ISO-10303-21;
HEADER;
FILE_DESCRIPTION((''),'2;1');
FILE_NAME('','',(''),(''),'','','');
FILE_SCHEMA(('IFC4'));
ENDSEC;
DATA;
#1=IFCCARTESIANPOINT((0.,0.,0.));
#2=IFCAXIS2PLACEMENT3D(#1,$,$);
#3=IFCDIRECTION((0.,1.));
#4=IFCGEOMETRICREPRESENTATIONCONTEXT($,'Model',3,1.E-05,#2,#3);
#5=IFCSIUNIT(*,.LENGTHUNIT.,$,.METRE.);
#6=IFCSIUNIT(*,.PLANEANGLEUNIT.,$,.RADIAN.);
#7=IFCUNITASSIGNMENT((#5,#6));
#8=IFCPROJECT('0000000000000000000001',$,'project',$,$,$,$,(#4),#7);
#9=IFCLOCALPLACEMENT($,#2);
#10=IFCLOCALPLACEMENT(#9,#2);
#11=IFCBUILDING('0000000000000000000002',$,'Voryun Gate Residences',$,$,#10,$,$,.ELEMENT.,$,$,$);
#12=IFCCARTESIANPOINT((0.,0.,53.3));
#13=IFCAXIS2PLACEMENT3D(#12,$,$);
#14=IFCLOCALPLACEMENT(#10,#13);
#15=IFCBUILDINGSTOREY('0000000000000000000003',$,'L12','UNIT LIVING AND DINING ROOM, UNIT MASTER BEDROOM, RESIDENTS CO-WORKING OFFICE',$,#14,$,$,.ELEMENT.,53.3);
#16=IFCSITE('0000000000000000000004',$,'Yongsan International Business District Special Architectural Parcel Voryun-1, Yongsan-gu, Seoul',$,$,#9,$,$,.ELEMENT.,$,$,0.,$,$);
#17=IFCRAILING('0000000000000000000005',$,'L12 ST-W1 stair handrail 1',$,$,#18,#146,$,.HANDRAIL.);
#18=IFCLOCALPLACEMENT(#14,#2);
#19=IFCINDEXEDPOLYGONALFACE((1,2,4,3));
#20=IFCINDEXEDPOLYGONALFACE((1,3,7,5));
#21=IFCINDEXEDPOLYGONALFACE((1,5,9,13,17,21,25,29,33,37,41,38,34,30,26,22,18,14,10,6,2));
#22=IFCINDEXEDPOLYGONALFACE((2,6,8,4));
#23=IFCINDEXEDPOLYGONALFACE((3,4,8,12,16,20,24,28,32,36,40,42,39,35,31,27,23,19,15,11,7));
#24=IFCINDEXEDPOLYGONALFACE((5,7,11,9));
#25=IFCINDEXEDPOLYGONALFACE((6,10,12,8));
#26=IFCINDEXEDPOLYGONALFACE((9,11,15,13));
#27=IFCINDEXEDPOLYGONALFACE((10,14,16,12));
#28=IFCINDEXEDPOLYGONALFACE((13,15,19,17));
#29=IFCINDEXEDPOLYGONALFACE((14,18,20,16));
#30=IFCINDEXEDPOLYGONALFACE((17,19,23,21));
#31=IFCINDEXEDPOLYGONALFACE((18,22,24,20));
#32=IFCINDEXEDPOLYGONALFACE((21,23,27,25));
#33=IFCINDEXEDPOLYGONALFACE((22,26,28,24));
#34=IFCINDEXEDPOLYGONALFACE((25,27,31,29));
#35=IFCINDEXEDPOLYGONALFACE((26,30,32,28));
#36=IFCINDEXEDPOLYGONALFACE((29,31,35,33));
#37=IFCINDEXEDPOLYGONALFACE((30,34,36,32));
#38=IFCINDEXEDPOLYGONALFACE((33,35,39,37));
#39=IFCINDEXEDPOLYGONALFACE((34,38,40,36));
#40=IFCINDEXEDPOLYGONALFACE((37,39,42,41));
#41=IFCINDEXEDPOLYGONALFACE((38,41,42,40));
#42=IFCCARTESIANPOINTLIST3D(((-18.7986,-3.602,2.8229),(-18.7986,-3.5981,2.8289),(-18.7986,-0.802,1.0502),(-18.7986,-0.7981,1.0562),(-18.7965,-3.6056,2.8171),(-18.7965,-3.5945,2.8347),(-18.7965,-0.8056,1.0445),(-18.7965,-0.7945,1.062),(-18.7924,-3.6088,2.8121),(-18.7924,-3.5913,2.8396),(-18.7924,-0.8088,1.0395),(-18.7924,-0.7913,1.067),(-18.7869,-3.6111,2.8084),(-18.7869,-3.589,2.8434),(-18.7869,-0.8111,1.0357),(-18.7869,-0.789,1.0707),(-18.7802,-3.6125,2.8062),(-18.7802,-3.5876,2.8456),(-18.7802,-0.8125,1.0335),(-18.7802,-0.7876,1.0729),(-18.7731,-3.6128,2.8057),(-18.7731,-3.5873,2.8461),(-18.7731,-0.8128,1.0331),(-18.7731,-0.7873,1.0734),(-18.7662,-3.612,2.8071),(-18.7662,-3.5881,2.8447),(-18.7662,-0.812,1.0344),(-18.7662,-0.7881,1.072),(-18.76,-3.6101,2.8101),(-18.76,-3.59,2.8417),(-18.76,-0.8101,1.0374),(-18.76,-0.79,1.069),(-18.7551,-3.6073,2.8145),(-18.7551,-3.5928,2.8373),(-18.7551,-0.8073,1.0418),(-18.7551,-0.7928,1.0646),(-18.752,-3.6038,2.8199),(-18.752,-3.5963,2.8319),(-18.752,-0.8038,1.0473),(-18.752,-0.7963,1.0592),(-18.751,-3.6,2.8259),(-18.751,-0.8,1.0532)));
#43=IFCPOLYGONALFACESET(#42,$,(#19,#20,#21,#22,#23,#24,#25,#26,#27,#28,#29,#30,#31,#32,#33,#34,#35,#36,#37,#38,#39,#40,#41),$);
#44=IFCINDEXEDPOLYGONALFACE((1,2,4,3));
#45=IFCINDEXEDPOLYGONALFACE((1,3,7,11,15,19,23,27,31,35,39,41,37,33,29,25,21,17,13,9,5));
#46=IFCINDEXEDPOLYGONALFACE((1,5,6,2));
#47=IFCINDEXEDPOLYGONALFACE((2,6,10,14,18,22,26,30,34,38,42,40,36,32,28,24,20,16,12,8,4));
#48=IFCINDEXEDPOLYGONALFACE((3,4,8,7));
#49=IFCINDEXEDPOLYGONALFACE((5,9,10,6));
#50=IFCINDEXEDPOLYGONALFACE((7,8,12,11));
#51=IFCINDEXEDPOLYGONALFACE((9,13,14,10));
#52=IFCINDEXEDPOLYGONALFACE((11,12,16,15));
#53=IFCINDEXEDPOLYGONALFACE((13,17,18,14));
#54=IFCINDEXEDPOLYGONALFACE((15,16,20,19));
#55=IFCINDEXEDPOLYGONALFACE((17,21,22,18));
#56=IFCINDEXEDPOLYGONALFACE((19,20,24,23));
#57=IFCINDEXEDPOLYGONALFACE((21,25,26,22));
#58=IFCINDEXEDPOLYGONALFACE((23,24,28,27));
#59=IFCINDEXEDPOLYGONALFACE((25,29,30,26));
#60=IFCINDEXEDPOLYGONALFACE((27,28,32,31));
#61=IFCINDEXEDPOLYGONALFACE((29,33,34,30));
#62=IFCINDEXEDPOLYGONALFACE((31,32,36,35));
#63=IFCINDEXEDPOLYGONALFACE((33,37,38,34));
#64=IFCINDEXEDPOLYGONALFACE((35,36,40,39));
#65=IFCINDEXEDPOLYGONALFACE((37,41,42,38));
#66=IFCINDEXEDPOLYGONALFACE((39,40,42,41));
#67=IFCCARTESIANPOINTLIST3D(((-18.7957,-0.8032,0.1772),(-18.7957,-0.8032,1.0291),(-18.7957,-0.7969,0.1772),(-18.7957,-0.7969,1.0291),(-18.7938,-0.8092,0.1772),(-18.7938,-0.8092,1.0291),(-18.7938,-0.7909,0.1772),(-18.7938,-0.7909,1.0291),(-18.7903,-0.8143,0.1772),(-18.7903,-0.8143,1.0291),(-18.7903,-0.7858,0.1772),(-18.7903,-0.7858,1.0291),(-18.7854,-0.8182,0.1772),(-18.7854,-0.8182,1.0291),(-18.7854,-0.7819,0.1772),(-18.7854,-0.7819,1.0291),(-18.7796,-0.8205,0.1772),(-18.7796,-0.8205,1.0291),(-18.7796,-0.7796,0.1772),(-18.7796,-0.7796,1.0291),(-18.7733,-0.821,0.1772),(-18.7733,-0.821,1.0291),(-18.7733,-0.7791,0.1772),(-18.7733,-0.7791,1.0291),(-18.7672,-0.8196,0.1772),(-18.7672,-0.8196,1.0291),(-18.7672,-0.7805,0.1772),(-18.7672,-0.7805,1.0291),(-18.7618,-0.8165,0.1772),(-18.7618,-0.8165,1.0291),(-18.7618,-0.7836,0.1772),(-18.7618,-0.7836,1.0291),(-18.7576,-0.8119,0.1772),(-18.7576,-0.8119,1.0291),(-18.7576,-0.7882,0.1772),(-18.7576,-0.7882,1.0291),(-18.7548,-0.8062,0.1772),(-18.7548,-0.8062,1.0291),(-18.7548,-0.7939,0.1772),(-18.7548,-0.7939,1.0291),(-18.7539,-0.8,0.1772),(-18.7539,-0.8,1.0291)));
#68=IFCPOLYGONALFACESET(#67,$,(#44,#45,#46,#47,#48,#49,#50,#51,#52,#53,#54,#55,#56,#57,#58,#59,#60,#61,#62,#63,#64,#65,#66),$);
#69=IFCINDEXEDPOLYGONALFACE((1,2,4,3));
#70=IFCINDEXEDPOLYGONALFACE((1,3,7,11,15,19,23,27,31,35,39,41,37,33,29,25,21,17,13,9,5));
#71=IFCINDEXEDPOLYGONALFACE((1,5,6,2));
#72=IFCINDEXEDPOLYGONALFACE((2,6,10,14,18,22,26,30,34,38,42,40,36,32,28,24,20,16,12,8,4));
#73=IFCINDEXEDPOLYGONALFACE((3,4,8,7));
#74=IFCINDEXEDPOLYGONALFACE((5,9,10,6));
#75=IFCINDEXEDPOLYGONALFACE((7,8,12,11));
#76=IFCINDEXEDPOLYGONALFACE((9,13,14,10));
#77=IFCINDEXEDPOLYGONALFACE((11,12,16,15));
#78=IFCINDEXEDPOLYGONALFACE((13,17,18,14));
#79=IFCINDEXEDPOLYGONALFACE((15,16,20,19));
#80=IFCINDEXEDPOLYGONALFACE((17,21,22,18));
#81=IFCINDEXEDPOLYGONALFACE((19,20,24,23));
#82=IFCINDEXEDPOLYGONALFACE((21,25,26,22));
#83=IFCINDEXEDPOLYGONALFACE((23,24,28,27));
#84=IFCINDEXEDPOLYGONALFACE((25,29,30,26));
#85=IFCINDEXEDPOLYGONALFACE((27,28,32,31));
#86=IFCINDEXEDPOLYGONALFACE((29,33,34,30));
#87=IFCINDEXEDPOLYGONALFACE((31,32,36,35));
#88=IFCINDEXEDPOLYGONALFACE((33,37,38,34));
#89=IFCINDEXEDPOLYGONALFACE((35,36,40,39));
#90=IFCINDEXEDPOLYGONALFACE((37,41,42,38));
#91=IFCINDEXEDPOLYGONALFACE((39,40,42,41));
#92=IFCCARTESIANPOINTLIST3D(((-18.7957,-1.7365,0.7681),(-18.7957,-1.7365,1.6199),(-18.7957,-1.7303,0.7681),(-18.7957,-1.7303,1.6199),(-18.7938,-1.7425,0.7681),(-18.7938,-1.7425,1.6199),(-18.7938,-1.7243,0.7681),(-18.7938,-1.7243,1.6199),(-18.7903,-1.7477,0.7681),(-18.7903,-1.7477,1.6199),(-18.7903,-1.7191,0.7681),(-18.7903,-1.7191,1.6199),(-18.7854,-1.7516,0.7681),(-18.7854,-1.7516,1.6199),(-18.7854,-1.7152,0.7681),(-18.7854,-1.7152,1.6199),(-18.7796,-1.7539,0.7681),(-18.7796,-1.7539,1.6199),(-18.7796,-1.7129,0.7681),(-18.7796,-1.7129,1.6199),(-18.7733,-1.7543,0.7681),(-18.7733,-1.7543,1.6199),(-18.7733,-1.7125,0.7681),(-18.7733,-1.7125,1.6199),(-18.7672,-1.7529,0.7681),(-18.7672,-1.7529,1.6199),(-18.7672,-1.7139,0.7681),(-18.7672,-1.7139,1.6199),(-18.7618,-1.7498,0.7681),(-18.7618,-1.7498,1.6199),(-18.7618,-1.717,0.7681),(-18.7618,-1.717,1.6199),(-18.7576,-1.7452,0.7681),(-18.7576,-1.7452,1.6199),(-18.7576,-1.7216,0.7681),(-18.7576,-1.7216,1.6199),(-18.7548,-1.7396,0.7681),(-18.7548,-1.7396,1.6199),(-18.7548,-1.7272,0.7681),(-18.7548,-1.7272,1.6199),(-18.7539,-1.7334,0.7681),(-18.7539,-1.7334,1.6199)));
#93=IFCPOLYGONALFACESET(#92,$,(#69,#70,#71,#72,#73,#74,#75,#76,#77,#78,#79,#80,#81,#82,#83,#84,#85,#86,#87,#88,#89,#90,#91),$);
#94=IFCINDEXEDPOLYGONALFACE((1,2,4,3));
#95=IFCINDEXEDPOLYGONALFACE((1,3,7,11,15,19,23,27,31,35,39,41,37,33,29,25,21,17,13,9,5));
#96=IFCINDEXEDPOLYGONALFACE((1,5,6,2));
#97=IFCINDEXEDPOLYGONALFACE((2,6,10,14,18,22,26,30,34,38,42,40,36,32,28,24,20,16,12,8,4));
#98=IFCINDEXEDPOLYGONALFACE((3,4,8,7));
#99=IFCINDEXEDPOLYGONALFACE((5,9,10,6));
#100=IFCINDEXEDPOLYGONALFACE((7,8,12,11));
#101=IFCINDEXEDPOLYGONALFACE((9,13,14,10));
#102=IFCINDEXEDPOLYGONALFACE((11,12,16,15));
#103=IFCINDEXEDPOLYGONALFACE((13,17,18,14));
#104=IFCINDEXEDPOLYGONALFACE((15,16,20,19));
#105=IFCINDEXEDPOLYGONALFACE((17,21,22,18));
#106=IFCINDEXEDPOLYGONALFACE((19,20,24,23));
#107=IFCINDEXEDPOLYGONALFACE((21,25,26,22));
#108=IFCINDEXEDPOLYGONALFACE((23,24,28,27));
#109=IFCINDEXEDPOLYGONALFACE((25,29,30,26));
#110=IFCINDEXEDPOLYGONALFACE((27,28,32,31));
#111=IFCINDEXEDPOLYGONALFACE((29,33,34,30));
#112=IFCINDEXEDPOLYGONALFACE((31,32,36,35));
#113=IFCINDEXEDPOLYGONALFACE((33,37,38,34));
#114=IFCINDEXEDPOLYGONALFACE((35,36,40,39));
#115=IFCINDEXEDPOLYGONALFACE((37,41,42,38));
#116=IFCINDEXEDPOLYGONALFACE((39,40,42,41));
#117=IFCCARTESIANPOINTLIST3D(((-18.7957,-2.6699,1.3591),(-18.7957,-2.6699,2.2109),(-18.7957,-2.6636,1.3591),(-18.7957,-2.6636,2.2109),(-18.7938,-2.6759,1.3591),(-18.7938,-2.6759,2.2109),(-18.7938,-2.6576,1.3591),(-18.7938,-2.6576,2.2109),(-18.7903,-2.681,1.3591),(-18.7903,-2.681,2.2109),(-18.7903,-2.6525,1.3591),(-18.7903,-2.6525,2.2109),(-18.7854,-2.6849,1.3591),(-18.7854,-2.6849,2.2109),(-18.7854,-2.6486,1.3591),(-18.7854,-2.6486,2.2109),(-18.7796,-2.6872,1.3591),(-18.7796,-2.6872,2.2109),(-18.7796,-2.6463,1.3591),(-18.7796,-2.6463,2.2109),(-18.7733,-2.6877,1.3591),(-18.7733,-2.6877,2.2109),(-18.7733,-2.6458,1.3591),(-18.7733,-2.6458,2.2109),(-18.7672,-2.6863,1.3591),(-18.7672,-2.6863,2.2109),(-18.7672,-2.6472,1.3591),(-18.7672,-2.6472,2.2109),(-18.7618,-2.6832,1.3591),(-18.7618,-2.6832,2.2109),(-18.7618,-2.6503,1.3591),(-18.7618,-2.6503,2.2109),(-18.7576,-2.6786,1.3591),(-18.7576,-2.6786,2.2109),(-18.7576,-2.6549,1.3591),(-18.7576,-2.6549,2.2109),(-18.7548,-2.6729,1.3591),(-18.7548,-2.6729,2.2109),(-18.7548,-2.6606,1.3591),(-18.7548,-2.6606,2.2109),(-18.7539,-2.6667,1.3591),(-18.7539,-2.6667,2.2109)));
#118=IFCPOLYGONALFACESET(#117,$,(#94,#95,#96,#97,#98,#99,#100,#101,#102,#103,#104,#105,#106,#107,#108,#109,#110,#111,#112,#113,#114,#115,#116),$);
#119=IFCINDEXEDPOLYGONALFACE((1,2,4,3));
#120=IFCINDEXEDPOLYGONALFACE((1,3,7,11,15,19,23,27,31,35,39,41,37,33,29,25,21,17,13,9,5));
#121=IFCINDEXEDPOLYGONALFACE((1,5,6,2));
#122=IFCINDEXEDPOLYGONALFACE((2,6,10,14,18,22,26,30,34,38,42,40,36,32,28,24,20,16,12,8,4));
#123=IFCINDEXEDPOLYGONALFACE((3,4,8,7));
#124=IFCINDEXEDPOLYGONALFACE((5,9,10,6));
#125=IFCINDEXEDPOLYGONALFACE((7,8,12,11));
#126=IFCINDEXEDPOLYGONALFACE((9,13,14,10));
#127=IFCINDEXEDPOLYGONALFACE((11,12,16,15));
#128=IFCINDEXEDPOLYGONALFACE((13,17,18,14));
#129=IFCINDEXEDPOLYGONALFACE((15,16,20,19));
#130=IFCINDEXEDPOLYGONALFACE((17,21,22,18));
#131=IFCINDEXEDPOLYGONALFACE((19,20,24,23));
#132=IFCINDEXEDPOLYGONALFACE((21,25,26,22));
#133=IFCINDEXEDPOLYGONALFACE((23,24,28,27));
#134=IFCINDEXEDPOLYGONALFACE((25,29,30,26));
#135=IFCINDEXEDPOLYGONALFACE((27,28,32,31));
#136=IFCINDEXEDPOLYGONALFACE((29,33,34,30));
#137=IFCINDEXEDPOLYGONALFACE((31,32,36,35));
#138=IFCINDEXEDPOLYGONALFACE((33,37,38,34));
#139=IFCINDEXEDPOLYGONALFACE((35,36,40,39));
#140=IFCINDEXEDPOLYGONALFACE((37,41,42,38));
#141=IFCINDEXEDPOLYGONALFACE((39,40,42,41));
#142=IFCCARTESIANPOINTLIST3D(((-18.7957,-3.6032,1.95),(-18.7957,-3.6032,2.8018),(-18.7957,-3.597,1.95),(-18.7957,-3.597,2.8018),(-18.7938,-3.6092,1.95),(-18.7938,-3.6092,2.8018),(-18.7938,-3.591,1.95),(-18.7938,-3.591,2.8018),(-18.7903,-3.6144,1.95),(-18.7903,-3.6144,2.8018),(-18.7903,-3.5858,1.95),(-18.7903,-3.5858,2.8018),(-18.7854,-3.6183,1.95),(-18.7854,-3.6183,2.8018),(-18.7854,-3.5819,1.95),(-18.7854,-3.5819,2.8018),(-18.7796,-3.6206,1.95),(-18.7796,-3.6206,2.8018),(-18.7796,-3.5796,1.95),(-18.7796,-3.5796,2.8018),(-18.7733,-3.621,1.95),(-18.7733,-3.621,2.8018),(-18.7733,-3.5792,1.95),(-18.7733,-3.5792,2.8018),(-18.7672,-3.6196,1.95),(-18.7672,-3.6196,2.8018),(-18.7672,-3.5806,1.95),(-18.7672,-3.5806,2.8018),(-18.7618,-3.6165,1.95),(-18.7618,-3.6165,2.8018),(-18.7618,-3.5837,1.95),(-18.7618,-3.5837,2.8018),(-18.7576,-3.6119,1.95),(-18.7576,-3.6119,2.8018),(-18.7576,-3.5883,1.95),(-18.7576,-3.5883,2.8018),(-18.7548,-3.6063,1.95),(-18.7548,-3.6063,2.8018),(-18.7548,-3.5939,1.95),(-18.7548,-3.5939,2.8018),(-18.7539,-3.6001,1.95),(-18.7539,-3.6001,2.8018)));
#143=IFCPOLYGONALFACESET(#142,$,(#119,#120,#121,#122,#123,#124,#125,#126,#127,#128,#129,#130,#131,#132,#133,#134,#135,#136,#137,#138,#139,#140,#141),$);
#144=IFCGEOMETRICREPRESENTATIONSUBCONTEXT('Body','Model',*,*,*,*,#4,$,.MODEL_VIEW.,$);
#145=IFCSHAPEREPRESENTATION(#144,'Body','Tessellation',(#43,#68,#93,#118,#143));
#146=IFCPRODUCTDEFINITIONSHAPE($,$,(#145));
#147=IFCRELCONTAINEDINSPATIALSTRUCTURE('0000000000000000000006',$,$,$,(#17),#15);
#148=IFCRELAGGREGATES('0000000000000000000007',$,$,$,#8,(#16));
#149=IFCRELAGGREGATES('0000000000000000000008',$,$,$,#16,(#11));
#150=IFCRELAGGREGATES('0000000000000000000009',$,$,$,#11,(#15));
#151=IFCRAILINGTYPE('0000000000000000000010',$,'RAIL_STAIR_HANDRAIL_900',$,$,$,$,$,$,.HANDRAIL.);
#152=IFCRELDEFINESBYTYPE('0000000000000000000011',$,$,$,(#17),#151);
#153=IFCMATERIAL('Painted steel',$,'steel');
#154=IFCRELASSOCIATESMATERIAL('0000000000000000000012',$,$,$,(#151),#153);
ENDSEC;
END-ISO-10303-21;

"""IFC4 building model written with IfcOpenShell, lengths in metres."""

from ifc_helpers import new_model, si_unit, direction, frame, origin, origin_2d, place, context, subcontext, project, spatial, circle, extrude, material, type_object, element, save


model = new_model("IFC4")

# Units and contexts
model_context = context("Model", 3, precision=1e-05, world=origin(), true_north=direction((0.0, 1.0)))
body_context = subcontext(model_context, "Body", "Model", "MODEL_VIEW")
ifc_project = project(units=[si_unit("LENGTHUNIT", "METRE"), si_unit("PLANEANGLEUNIT", "RADIAN")], contexts=[model_context])

# Site, building, storey
site_placement = place(None, origin())
site = spatial("IfcSite", under=ifc_project, at=site_placement, Name="Yongsan International Business District Special Architectural Parcel Voryun-1, Yongsan-gu, Seoul", CompositionType="ELEMENT", RefElevation=0.0)
building_placement = place(site_placement, origin())
building = spatial("IfcBuilding", under=site, at=building_placement, Name="Voryun Gate Residences", CompositionType="ELEMENT")
storey_placement = place(building_placement, frame((0.0, 0.0, 53.3)))
storey = spatial("IfcBuildingStorey", under=building, at=storey_placement, Name="L12", Description="UNIT LIVING AND DINING ROOM, UNIT MASTER BEDROOM, RESIDENTS CO-WORKING OFFICE", CompositionType="ELEMENT", Elevation=53.3)

# Railing
ifc_material_1 = material(Name="Painted steel", Category="steel")
railing_type_1 = type_object("IfcRailingType", Name="RAIL_STAIR_HANDRAIL_900", PredefinedType="HANDRAIL", material=ifc_material_1)
railing_1_placement = place(storey_placement, frame((-18.7749, -0.8, 0.1772)))
element("IfcRailing", 1, at=railing_1_placement, inside=storey, type_object=railing_type_1, Name="L12 ST-W1 stair handrail 1", PredefinedType="HANDRAIL", context=body_context, shape_type="SweptSolid", body=[
    extrude(circle(Radius=0.0239, at=origin_2d()), frame((0.0, 0.0, 0.876), z_axis=(0.0, -0.844909, 0.53491), x_axis=(1.0, 0.0, 0.0)), (0.0, 0.0, 1.0), 3.314),
    extrude(circle(Radius=0.021, at=origin_2d()), origin(), (0.0, 0.0, 1.0), 0.8518),
    extrude(circle(Radius=0.021, at=origin_2d()), frame((0.0, -0.9333, 0.5908)), (0.0, 0.0, 1.0), 0.8518),
    extrude(circle(Radius=0.021, at=origin_2d()), frame((0.0, -1.8667, 1.1819)), (0.0, 0.0, 1.0), 0.8518),
    extrude(circle(Radius=0.021, at=origin_2d()), frame((0.0, -2.8, 1.7727)), (0.0, 0.0, 1.0), 0.8518),
])

save(model, "model.ifc")
